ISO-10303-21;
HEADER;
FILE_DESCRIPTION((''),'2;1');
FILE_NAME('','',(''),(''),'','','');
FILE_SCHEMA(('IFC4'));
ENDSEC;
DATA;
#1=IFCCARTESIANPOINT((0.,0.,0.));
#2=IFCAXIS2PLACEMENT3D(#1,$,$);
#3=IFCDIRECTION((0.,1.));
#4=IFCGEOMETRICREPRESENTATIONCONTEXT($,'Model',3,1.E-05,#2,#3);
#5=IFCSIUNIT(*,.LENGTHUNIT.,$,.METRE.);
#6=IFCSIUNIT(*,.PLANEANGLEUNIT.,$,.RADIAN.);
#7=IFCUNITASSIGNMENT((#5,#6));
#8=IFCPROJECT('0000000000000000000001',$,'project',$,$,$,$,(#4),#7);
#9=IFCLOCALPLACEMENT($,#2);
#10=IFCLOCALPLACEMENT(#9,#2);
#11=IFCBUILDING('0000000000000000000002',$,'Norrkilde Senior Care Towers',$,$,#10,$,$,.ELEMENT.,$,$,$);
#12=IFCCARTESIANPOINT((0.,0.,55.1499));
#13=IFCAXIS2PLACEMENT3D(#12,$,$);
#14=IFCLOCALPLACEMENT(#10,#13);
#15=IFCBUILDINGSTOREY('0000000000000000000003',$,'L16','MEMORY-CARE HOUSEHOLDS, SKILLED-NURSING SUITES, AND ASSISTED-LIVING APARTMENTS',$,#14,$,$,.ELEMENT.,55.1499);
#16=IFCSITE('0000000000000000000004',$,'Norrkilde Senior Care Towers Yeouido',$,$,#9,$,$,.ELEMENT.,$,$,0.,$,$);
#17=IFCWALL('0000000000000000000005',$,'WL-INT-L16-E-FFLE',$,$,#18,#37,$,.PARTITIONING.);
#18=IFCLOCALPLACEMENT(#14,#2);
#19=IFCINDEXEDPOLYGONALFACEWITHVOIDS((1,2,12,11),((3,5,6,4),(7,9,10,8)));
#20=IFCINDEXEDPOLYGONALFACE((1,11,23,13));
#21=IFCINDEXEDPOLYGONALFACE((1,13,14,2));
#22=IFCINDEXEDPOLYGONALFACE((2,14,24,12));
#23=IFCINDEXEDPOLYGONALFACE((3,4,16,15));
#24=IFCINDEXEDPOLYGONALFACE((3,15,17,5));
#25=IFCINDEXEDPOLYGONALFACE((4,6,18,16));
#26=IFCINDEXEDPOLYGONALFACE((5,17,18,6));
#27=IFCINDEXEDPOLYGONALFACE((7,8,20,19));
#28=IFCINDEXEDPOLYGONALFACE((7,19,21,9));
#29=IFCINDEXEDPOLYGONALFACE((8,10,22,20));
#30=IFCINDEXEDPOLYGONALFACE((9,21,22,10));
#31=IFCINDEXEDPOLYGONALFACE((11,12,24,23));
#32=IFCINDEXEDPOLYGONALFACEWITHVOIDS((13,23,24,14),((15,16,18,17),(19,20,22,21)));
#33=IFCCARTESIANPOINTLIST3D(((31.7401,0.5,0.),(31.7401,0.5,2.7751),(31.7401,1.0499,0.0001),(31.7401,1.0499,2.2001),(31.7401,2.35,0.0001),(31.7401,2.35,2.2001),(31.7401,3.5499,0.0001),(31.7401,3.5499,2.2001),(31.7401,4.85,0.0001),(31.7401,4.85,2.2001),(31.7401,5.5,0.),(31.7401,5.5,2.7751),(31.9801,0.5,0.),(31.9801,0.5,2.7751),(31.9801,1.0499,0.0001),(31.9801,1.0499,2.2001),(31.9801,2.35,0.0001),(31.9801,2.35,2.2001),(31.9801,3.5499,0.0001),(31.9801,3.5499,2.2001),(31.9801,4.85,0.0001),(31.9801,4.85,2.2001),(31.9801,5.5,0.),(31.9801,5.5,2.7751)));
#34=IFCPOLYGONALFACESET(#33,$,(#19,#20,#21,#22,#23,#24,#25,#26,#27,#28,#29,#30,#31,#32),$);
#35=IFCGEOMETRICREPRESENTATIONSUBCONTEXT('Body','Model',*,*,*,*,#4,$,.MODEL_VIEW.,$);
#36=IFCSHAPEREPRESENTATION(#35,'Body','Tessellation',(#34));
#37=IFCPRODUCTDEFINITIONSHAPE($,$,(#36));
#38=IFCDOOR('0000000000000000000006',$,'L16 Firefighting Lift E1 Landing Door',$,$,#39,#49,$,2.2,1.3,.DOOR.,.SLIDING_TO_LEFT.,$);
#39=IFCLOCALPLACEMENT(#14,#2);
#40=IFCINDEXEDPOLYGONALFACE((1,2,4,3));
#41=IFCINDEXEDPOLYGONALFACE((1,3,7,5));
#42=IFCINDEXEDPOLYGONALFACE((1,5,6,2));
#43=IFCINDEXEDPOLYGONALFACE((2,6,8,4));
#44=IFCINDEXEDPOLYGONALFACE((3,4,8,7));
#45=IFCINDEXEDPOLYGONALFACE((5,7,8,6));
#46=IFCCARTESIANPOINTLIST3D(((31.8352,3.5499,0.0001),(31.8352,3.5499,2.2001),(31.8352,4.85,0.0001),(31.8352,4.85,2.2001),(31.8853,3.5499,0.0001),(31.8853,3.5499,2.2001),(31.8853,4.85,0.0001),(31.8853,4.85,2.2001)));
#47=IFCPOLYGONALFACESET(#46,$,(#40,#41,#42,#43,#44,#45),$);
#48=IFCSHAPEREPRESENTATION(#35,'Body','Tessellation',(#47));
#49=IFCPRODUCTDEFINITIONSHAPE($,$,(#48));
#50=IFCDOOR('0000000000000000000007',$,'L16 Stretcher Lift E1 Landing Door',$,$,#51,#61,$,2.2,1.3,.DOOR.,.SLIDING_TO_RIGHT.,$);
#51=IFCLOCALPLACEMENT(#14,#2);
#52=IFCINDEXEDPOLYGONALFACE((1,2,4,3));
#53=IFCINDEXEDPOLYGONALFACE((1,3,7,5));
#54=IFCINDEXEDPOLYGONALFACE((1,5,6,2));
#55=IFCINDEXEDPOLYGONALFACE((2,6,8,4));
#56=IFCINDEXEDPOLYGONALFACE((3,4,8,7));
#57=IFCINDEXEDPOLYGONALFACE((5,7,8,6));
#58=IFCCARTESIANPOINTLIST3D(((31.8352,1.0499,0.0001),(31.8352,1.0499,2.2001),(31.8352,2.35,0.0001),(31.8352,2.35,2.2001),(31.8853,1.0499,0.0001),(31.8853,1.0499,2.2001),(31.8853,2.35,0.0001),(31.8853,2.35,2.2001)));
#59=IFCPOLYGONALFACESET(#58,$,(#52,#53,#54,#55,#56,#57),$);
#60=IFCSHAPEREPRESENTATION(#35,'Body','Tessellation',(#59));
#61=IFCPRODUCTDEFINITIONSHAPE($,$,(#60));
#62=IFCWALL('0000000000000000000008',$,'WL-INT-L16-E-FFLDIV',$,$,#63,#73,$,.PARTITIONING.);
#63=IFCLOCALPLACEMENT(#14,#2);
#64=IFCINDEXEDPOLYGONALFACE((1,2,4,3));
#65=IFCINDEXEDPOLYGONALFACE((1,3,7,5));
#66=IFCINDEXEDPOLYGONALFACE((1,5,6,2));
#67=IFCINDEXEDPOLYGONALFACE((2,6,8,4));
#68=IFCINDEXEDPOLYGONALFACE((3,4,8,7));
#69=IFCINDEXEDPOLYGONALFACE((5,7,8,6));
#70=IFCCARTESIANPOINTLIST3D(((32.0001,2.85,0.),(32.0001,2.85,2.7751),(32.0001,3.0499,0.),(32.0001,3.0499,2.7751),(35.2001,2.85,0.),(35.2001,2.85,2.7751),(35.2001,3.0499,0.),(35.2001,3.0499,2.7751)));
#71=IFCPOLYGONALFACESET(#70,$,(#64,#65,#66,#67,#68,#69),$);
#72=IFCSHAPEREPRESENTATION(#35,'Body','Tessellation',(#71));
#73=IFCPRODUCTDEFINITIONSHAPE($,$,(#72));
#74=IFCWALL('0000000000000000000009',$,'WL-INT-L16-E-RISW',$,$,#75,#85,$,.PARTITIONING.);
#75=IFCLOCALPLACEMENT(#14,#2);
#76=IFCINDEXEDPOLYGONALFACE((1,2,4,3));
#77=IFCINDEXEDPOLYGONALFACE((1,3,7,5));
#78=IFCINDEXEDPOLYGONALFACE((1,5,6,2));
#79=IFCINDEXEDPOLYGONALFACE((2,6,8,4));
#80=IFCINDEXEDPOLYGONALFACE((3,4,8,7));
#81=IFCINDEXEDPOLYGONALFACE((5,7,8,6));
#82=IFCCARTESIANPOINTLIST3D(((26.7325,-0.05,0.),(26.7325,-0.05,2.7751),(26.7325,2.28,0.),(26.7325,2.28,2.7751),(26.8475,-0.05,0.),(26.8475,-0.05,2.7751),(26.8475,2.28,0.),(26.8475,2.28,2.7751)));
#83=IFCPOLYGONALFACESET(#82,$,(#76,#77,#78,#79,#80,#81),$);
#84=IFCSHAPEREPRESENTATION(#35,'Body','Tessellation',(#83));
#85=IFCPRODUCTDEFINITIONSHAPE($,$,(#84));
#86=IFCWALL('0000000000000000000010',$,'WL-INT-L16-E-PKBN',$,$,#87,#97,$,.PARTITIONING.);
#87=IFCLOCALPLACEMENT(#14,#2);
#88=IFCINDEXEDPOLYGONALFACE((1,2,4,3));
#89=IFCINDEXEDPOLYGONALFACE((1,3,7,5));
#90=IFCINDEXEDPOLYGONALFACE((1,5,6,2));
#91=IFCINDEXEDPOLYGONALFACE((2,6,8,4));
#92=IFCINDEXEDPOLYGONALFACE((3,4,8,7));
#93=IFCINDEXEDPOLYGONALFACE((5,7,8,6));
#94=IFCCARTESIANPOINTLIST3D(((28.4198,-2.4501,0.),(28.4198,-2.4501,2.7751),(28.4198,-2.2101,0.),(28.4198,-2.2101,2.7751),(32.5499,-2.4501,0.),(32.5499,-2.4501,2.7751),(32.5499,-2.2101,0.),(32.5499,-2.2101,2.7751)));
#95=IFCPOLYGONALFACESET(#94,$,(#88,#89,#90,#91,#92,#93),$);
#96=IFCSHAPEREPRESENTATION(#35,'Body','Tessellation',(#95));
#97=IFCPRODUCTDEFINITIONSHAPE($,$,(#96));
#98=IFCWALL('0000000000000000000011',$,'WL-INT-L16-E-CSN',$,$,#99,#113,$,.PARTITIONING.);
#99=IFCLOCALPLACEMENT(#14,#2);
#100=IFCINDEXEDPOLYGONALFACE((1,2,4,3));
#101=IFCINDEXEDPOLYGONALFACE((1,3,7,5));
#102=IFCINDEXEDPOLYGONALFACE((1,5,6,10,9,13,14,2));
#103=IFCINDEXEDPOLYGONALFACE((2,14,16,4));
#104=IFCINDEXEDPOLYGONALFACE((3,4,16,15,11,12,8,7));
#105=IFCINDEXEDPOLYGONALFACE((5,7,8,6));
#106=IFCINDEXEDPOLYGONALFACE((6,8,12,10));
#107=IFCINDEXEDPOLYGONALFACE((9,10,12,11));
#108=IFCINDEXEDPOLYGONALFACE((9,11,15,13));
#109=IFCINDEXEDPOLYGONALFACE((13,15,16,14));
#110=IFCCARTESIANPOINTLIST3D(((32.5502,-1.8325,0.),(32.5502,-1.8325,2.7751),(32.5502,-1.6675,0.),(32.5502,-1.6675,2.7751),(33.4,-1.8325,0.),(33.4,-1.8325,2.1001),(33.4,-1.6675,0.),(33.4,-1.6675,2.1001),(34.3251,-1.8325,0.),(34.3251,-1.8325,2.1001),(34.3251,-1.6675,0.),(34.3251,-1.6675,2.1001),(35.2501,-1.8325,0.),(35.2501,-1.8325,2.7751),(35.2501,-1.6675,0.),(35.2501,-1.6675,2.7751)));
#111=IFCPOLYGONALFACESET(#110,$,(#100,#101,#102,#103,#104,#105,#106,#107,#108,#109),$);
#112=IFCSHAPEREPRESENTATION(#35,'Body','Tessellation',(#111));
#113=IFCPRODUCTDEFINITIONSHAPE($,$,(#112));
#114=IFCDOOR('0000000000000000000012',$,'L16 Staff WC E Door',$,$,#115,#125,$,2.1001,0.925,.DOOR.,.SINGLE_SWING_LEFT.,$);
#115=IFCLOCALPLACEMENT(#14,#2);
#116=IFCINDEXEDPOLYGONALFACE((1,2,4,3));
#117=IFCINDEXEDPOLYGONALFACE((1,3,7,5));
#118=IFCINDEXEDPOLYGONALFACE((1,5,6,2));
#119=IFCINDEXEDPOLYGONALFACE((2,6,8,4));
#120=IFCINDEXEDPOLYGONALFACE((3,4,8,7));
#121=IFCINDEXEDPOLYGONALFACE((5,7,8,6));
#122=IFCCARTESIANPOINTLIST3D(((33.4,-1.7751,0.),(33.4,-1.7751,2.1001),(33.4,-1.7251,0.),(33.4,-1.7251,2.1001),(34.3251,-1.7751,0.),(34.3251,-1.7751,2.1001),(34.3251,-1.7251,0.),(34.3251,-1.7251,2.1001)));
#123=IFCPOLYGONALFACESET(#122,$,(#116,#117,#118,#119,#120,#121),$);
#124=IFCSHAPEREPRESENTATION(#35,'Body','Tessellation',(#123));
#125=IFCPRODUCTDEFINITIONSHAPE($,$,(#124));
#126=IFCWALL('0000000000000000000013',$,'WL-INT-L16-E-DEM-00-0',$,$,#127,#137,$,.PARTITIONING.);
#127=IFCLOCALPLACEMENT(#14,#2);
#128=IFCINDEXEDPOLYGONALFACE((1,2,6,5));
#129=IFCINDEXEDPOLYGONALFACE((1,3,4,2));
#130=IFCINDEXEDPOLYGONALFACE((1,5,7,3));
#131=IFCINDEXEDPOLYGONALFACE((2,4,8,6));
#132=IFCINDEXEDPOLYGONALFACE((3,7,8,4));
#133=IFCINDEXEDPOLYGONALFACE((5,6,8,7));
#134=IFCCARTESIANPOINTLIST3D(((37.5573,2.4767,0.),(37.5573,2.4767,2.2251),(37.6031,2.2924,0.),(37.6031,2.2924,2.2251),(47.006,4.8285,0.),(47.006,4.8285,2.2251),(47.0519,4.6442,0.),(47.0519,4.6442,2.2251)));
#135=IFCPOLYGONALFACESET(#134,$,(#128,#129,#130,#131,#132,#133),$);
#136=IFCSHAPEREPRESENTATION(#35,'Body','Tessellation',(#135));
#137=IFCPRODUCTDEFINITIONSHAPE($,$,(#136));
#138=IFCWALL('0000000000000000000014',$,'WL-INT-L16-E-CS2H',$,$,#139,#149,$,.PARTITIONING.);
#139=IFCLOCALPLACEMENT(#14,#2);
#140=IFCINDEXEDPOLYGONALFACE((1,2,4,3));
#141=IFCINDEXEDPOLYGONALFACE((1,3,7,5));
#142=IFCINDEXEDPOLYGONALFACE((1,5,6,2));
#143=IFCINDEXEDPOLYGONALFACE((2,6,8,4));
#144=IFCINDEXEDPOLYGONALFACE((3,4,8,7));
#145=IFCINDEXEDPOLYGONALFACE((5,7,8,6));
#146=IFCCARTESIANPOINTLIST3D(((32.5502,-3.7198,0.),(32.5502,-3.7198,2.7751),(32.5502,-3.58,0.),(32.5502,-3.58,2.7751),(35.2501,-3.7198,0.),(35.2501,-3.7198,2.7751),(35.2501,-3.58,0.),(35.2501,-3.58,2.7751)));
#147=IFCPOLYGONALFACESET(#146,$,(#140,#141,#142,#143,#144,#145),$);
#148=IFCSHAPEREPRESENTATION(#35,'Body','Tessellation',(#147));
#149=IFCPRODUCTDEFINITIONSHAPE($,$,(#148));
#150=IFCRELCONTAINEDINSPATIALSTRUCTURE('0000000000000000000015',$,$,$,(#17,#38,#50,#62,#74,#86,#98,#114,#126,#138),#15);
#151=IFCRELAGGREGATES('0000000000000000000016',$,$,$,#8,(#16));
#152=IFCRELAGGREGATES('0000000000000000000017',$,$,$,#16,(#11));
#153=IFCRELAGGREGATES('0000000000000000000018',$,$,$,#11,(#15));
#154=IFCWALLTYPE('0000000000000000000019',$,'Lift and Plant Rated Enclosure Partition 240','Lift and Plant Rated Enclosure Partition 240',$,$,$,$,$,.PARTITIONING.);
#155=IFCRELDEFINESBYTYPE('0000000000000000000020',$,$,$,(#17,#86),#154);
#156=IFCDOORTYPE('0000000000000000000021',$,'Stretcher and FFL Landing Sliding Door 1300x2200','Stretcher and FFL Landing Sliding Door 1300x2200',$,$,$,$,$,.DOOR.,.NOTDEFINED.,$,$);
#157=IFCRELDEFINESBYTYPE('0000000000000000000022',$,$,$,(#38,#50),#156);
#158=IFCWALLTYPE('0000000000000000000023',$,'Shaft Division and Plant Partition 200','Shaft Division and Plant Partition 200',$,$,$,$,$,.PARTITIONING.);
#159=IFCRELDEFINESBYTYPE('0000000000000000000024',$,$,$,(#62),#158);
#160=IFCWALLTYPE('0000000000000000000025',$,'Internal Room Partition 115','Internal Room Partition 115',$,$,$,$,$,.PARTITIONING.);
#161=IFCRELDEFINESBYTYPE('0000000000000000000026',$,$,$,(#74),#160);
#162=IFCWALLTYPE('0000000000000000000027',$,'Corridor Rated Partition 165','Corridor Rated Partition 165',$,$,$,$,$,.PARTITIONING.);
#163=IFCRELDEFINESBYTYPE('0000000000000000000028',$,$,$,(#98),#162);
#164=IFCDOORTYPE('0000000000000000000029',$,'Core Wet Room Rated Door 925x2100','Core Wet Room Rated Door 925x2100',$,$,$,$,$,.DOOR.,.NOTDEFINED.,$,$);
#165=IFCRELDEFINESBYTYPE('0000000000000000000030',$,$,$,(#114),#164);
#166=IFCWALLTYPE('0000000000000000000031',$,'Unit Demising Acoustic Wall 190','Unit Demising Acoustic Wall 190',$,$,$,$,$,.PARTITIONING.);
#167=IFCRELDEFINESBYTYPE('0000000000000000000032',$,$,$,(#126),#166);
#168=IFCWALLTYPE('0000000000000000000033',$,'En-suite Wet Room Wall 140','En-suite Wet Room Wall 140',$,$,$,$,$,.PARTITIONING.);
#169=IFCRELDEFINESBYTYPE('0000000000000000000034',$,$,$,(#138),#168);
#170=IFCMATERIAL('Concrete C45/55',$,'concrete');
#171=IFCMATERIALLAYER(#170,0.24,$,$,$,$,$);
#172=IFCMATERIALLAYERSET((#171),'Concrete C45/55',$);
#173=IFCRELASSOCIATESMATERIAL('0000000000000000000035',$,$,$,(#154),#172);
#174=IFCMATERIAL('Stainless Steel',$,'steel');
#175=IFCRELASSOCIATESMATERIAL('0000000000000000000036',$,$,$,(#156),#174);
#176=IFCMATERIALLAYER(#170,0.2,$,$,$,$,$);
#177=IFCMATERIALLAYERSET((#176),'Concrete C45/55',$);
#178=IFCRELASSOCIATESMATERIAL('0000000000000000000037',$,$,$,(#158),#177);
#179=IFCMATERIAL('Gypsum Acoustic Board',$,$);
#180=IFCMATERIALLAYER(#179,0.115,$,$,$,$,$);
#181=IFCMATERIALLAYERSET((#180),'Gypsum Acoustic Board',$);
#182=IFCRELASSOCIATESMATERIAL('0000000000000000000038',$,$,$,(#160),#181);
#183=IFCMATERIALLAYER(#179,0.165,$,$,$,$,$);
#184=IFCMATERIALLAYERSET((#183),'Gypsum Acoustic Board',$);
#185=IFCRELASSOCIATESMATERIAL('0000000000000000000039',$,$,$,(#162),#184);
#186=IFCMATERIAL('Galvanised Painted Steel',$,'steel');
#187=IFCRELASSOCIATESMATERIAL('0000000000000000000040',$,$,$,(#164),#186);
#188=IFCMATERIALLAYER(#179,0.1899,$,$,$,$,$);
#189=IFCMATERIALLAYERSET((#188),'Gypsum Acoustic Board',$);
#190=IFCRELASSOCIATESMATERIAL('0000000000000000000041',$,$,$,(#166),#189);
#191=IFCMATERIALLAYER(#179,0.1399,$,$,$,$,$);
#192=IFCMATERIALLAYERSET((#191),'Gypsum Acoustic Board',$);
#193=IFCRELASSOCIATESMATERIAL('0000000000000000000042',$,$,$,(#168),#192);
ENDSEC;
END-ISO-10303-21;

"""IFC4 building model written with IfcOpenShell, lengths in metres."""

from ifc_helpers import new_model, si_unit, direction, frame, frame_2d, origin, place, context, subcontext, project, spatial, rectangle, extrude, source, transform, mapped, material, layer, layer_set, type_object, type_shapes, element, fill, save


model = new_model("IFC4")

# Units and contexts
model_context = context("Model", 3, precision=1e-05, world=origin(), true_north=direction((0.0, 1.0)))
body_context = subcontext(model_context, "Body", "Model", "MODEL_VIEW")
ifc_project = project(units=[si_unit("LENGTHUNIT", "METRE"), si_unit("PLANEANGLEUNIT", "RADIAN")], contexts=[model_context])

# Site, building, storey
site_placement = place(None, origin())
site = spatial("IfcSite", under=ifc_project, at=site_placement, Name="Norrkilde Senior Care Towers Yeouido", CompositionType="ELEMENT", RefElevation=0.0)
building_placement = place(site_placement, origin())
building = spatial("IfcBuilding", under=site, at=building_placement, Name="Norrkilde Senior Care Towers", CompositionType="ELEMENT")
storey_placement = place(building_placement, frame((0.0, 0.0, 55.1499)))
storey = spatial("IfcBuildingStorey", under=building, at=storey_placement, Name="L16", Description="MEMORY-CARE HOUSEHOLDS, SKILLED-NURSING SUITES, AND ASSISTED-LIVING APARTMENTS", CompositionType="ELEMENT", Elevation=55.1499)

# Shared definitions
ifc_material_1 = material(Name="Concrete C45/55", Category="concrete")
ifc_material_2 = material(Name="Galvanised Painted Steel", Category="steel")

# Wall, openings, doors
ifc_layer_1 = layer(ifc_material_1, 0.24)
ifc_layer_set_1 = layer_set([ifc_layer_1], Name="Concrete C45/55")
wall_type_1 = type_object("IfcWallType", Name="Lift and Plant Rated Enclosure Partition 240", Description="Lift and Plant Rated Enclosure Partition 240", PredefinedType="PARTITIONING", material=ifc_layer_set_1)
shared_shape_1 = source(origin(), body_context, "Body", "SweptSolid", [
    extrude(rectangle(XDim=5.0, YDim=0.24, at=frame_2d((2.5, 0.0))), origin(), (0.0, 0.0, 1.0), 2.7751),
])
wall_1_placement = place(storey_placement, frame((31.8601, 0.5, 0.0), z_axis=(0.0, 0.0, 1.0), x_axis=(0.0, 1.0, 0.0)))
wall_1 = element("IfcWall", 1, at=wall_1_placement, inside=storey, type_object=wall_type_1, Name="WL-INT-L16-E-FFLE", PredefinedType="PARTITIONING", context=body_context, shape_type="MappedRepresentation", body=[
    mapped(shared_shape_1, transform((0.0, 0.0, 0.0), x_axis=(1.0, 0.0, 0.0), y_axis=(0.0, 1.0, 0.0), z_axis=(0.0, 0.0, 1.0), scale=1.0)),
])
opening_1_placement = place(wall_1_placement, frame((3.05, 0.0, 0.0)))
opening_1 = element("IfcOpeningElement", 2, at=opening_1_placement, cuts=wall_1, PredefinedType="OPENING", context=body_context, shape_type="SweptSolid", body=[
    extrude(rectangle(XDim=1.3, YDim=2.2, at=frame_2d((0.6499, 1.1001))), frame((0.0, 0.1299, 0.0), z_axis=(0.0, -1.0, 0.0), x_axis=(1.0, 0.0, 0.0)), (0.0, 0.0, 1.0), 0.26),
])
opening_2_placement = place(wall_1_placement, frame((0.55, 0.0, 0.0)))
opening_2 = element("IfcOpeningElement", 3, at=opening_2_placement, cuts=wall_1, PredefinedType="OPENING", context=body_context, shape_type="SweptSolid", body=[
    extrude(rectangle(XDim=1.3, YDim=2.2, at=frame_2d((0.6499, 1.1001))), frame((0.0, 0.1299, 0.0), z_axis=(0.0, -1.0, 0.0), x_axis=(1.0, 0.0, 0.0)), (0.0, 0.0, 1.0), 0.26),
])
ifc_material_3 = material(Name="Stainless Steel", Category="steel")
door_type_1 = type_object("IfcDoorType", Name="Stretcher and FFL Landing Sliding Door 1300x2200", Description="Stretcher and FFL Landing Sliding Door 1300x2200", OperationType="NOTDEFINED", PredefinedType="DOOR", material=ifc_material_3)
shared_shape_2 = source(origin(), body_context, "Body", "SweptSolid", [
    extrude(rectangle(XDim=1.3, YDim=2.2, at=frame_2d((0.6499, 1.1001))), frame((0.0, 0.0249, 0.0), z_axis=(0.0, -1.0, 0.0), x_axis=(1.0, 0.0, 0.0)), (0.0, 0.0, 1.0), 0.05),
])
type_shapes(door_type_1, [shared_shape_2])
door_1_placement = place(opening_1_placement, origin())
door_1 = element("IfcDoor", 4, at=door_1_placement, inside=storey, type_object=door_type_1, Name="L16 Firefighting Lift E1 Landing Door", OperationType="SLIDING_TO_LEFT", OverallHeight=2.2, OverallWidth=1.3, PredefinedType="DOOR", context=body_context, shape_type="MappedRepresentation", body=[
    mapped(shared_shape_2, transform((0.0, 0.0, 0.0), x_axis=(1.0, 0.0, 0.0), y_axis=(0.0, 1.0, 0.0), z_axis=(0.0, 0.0, 1.0), scale=1.0)),
])
fill(opening_1, door_1)
door_2_placement = place(opening_2_placement, origin())
door_2 = element("IfcDoor", 5, at=door_2_placement, inside=storey, type_object=door_type_1, Name="L16 Stretcher Lift E1 Landing Door", OperationType="SLIDING_TO_RIGHT", OverallHeight=2.2, OverallWidth=1.3, PredefinedType="DOOR", context=body_context, shape_type="MappedRepresentation", body=[
    mapped(shared_shape_2, transform((0.0, 0.0, 0.0), x_axis=(1.0, 0.0, 0.0), y_axis=(0.0, 1.0, 0.0), z_axis=(0.0, 0.0, 1.0), scale=1.0)),
])
fill(opening_2, door_2)

# Wall
ifc_layer_2 = layer(ifc_material_1, 0.2)
ifc_layer_set_2 = layer_set([ifc_layer_2], Name="Concrete C45/55")
wall_type_2 = type_object("IfcWallType", Name="Shaft Division and Plant Partition 200", Description="Shaft Division and Plant Partition 200", PredefinedType="PARTITIONING", material=ifc_layer_set_2)
shared_shape_3 = source(origin(), body_context, "Body", "SweptSolid", [
    extrude(rectangle(XDim=3.2, YDim=0.2, at=frame_2d((1.6001, 0.0))), origin(), (0.0, 0.0, 1.0), 2.7751),
])
type_shapes(wall_type_2, [shared_shape_3])
wall_2_placement = place(storey_placement, frame((32.0, 2.95, 0.0), z_axis=(0.0, 0.0, 1.0), x_axis=(1.0, 0.0, 0.0)))
element("IfcWall", 6, at=wall_2_placement, inside=storey, type_object=wall_type_2, Name="WL-INT-L16-E-FFLDIV", PredefinedType="PARTITIONING", context=body_context, shape_type="MappedRepresentation", body=[
    mapped(shared_shape_3, transform((0.0, 0.0, 0.0), x_axis=(1.0, 0.0, 0.0), y_axis=(0.0, 1.0, 0.0), z_axis=(0.0, 0.0, 1.0), scale=1.0)),
])

# Walls
ifc_material_4 = material(Name="Gypsum Acoustic Board")
ifc_layer_3 = layer(ifc_material_4, 0.115)
ifc_layer_set_3 = layer_set([ifc_layer_3], Name="Gypsum Acoustic Board")
wall_type_3 = type_object("IfcWallType", Name="Internal Room Partition 115", Description="Internal Room Partition 115", PredefinedType="PARTITIONING", material=ifc_layer_set_3)
shared_shape_4 = source(origin(), body_context, "Body", "SweptSolid", [
    extrude(rectangle(XDim=2.3301, YDim=0.115, at=frame_2d((1.165, 0.0))), origin(), (0.0, 0.0, 1.0), 2.7751),
])
wall_3_placement = place(storey_placement, frame((26.79, -0.05, 0.0), z_axis=(0.0, 0.0, 1.0), x_axis=(0.0, 1.0, 0.0)))
element("IfcWall", 7, at=wall_3_placement, inside=storey, type_object=wall_type_3, Name="WL-INT-L16-E-RISW", PredefinedType="PARTITIONING", context=body_context, shape_type="MappedRepresentation", body=[
    mapped(shared_shape_4, transform((0.0, 0.0, 0.0), x_axis=(1.0, 0.0, 0.0), y_axis=(0.0, 1.0, 0.0), z_axis=(0.0, 0.0, 1.0), scale=1.0)),
])
shared_shape_5 = source(origin(), body_context, "Body", "SweptSolid", [
    extrude(rectangle(XDim=4.1301, YDim=0.24, at=frame_2d((2.0649, 0.0))), origin(), (0.0, 0.0, 1.0), 2.7751),
])
type_shapes(wall_type_1, [shared_shape_1, shared_shape_5])
wall_4_placement = place(storey_placement, frame((28.4199, -2.3301, 0.0), z_axis=(0.0, 0.0, 1.0), x_axis=(1.0, 0.0, 0.0)))
element("IfcWall", 8, at=wall_4_placement, inside=storey, type_object=wall_type_1, Name="WL-INT-L16-E-PKBN", PredefinedType="PARTITIONING", context=body_context, shape_type="MappedRepresentation", body=[
    mapped(shared_shape_5, transform((0.0, 0.0, 0.0), x_axis=(1.0, 0.0, 0.0), y_axis=(0.0, 1.0, 0.0), z_axis=(0.0, 0.0, 1.0), scale=1.0)),
])

# Wall, opening, door
ifc_layer_4 = layer(ifc_material_4, 0.165)
ifc_layer_set_4 = layer_set([ifc_layer_4], Name="Gypsum Acoustic Board")
wall_type_4 = type_object("IfcWallType", Name="Corridor Rated Partition 165", Description="Corridor Rated Partition 165", PredefinedType="PARTITIONING", material=ifc_layer_set_4)
shared_shape_6 = source(origin(), body_context, "Body", "SweptSolid", [
    extrude(rectangle(XDim=2.7, YDim=0.165, at=frame_2d((1.3501, 0.0))), origin(), (0.0, 0.0, 1.0), 2.7751),
])
type_shapes(wall_type_4, [shared_shape_6])
wall_5_placement = place(storey_placement, frame((32.55, -1.75, 0.0), z_axis=(0.0, 0.0, 1.0), x_axis=(1.0, 0.0, 0.0)))
wall_5 = element("IfcWall", 9, at=wall_5_placement, inside=storey, type_object=wall_type_4, Name="WL-INT-L16-E-CSN", PredefinedType="PARTITIONING", context=body_context, shape_type="MappedRepresentation", body=[
    mapped(shared_shape_6, transform((0.0, 0.0, 0.0), x_axis=(1.0, 0.0, 0.0), y_axis=(0.0, 1.0, 0.0), z_axis=(0.0, 0.0, 1.0), scale=1.0)),
])
opening_3_placement = place(wall_5_placement, frame((0.8501, 0.0, 0.0)))
opening_3 = element("IfcOpeningElement", 10, at=opening_3_placement, cuts=wall_5, PredefinedType="OPENING", context=body_context, shape_type="SweptSolid", body=[
    extrude(rectangle(XDim=0.925, YDim=2.1001, at=frame_2d((0.4624, 1.05))), frame((0.0, 0.0925, 0.0), z_axis=(0.0, -1.0, 0.0), x_axis=(1.0, 0.0, 0.0)), (0.0, 0.0, 1.0), 0.1851),
])
door_type_2 = type_object("IfcDoorType", Name="Core Wet Room Rated Door 925x2100", Description="Core Wet Room Rated Door 925x2100", OperationType="NOTDEFINED", PredefinedType="DOOR", material=ifc_material_2)
shared_shape_7 = source(origin(), body_context, "Body", "SweptSolid", [
    extrude(rectangle(XDim=0.925, YDim=2.1001, at=frame_2d((0.4624, 1.05))), frame((0.0, 0.0249, 0.0), z_axis=(0.0, -1.0, 0.0), x_axis=(1.0, 0.0, 0.0)), (0.0, 0.0, 1.0), 0.05),
])
type_shapes(door_type_2, [shared_shape_7])
door_3_placement = place(opening_3_placement, origin())
door_3 = element("IfcDoor", 11, at=door_3_placement, inside=storey, type_object=door_type_2, Name="L16 Staff WC E Door", OperationType="SINGLE_SWING_LEFT", OverallHeight=2.1001, OverallWidth=0.925, PredefinedType="DOOR", context=body_context, shape_type="MappedRepresentation", body=[
    mapped(shared_shape_7, transform((0.0, 0.0, 0.0), x_axis=(1.0, 0.0, 0.0), y_axis=(0.0, 1.0, 0.0), z_axis=(0.0, 0.0, 1.0), scale=1.0)),
])
fill(opening_3, door_3)

# Walls
ifc_layer_5 = layer(ifc_material_4, 0.1899)
ifc_layer_set_5 = layer_set([ifc_layer_5], Name="Gypsum Acoustic Board")
wall_type_5 = type_object("IfcWallType", Name="Unit Demising Acoustic Wall 190", Description="Unit Demising Acoustic Wall 190", PredefinedType="PARTITIONING", material=ifc_layer_set_5)
shared_shape_8 = source(origin(), body_context, "Body", "SweptSolid", [
    extrude(rectangle(XDim=9.7371, YDim=0.1899, at=frame_2d((4.8687, 0.0))), origin(), (0.0, 0.0, 1.0), 2.2251),
])
type_shapes(wall_type_5, [shared_shape_8])
wall_6_placement = place(storey_placement, frame((37.5801, 2.3845, 0.0), z_axis=(0.0, 0.0, 1.0), x_axis=(0.970393, 0.241533, 0.0)))
element("IfcWall", 12, at=wall_6_placement, inside=storey, type_object=wall_type_5, Name="WL-INT-L16-E-DEM-00-0", PredefinedType="PARTITIONING", context=body_context, shape_type="MappedRepresentation", body=[
    mapped(shared_shape_8, transform((0.0, 0.0, 0.0), x_axis=(1.0, 0.0, 0.0), y_axis=(0.0, 1.0, 0.0), z_axis=(0.0, 0.0, 1.0), scale=1.0)),
])
ifc_layer_6 = layer(ifc_material_4, 0.1399)
ifc_layer_set_6 = layer_set([ifc_layer_6], Name="Gypsum Acoustic Board")
wall_type_6 = type_object("IfcWallType", Name="En-suite Wet Room Wall 140", Description="En-suite Wet Room Wall 140", PredefinedType="PARTITIONING", material=ifc_layer_set_6)
shared_shape_9 = source(origin(), body_context, "Body", "SweptSolid", [
    extrude(rectangle(XDim=2.7, YDim=0.1399, at=frame_2d((1.3501, 0.0))), origin(), (0.0, 0.0, 1.0), 2.7751),
])
type_shapes(wall_type_6, [shared_shape_9])
wall_7_placement = place(storey_placement, frame((32.55, -3.6499, 0.0), z_axis=(0.0, 0.0, 1.0), x_axis=(1.0, 0.0, 0.0)))
element("IfcWall", 13, at=wall_7_placement, inside=storey, type_object=wall_type_6, Name="WL-INT-L16-E-CS2H", PredefinedType="PARTITIONING", context=body_context, shape_type="MappedRepresentation", body=[
    mapped(shared_shape_9, transform((0.0, 0.0, 0.0), x_axis=(1.0, 0.0, 0.0), y_axis=(0.0, 1.0, 0.0), z_axis=(0.0, 0.0, 1.0), scale=1.0)),
])

save(model, "model.ifc")
